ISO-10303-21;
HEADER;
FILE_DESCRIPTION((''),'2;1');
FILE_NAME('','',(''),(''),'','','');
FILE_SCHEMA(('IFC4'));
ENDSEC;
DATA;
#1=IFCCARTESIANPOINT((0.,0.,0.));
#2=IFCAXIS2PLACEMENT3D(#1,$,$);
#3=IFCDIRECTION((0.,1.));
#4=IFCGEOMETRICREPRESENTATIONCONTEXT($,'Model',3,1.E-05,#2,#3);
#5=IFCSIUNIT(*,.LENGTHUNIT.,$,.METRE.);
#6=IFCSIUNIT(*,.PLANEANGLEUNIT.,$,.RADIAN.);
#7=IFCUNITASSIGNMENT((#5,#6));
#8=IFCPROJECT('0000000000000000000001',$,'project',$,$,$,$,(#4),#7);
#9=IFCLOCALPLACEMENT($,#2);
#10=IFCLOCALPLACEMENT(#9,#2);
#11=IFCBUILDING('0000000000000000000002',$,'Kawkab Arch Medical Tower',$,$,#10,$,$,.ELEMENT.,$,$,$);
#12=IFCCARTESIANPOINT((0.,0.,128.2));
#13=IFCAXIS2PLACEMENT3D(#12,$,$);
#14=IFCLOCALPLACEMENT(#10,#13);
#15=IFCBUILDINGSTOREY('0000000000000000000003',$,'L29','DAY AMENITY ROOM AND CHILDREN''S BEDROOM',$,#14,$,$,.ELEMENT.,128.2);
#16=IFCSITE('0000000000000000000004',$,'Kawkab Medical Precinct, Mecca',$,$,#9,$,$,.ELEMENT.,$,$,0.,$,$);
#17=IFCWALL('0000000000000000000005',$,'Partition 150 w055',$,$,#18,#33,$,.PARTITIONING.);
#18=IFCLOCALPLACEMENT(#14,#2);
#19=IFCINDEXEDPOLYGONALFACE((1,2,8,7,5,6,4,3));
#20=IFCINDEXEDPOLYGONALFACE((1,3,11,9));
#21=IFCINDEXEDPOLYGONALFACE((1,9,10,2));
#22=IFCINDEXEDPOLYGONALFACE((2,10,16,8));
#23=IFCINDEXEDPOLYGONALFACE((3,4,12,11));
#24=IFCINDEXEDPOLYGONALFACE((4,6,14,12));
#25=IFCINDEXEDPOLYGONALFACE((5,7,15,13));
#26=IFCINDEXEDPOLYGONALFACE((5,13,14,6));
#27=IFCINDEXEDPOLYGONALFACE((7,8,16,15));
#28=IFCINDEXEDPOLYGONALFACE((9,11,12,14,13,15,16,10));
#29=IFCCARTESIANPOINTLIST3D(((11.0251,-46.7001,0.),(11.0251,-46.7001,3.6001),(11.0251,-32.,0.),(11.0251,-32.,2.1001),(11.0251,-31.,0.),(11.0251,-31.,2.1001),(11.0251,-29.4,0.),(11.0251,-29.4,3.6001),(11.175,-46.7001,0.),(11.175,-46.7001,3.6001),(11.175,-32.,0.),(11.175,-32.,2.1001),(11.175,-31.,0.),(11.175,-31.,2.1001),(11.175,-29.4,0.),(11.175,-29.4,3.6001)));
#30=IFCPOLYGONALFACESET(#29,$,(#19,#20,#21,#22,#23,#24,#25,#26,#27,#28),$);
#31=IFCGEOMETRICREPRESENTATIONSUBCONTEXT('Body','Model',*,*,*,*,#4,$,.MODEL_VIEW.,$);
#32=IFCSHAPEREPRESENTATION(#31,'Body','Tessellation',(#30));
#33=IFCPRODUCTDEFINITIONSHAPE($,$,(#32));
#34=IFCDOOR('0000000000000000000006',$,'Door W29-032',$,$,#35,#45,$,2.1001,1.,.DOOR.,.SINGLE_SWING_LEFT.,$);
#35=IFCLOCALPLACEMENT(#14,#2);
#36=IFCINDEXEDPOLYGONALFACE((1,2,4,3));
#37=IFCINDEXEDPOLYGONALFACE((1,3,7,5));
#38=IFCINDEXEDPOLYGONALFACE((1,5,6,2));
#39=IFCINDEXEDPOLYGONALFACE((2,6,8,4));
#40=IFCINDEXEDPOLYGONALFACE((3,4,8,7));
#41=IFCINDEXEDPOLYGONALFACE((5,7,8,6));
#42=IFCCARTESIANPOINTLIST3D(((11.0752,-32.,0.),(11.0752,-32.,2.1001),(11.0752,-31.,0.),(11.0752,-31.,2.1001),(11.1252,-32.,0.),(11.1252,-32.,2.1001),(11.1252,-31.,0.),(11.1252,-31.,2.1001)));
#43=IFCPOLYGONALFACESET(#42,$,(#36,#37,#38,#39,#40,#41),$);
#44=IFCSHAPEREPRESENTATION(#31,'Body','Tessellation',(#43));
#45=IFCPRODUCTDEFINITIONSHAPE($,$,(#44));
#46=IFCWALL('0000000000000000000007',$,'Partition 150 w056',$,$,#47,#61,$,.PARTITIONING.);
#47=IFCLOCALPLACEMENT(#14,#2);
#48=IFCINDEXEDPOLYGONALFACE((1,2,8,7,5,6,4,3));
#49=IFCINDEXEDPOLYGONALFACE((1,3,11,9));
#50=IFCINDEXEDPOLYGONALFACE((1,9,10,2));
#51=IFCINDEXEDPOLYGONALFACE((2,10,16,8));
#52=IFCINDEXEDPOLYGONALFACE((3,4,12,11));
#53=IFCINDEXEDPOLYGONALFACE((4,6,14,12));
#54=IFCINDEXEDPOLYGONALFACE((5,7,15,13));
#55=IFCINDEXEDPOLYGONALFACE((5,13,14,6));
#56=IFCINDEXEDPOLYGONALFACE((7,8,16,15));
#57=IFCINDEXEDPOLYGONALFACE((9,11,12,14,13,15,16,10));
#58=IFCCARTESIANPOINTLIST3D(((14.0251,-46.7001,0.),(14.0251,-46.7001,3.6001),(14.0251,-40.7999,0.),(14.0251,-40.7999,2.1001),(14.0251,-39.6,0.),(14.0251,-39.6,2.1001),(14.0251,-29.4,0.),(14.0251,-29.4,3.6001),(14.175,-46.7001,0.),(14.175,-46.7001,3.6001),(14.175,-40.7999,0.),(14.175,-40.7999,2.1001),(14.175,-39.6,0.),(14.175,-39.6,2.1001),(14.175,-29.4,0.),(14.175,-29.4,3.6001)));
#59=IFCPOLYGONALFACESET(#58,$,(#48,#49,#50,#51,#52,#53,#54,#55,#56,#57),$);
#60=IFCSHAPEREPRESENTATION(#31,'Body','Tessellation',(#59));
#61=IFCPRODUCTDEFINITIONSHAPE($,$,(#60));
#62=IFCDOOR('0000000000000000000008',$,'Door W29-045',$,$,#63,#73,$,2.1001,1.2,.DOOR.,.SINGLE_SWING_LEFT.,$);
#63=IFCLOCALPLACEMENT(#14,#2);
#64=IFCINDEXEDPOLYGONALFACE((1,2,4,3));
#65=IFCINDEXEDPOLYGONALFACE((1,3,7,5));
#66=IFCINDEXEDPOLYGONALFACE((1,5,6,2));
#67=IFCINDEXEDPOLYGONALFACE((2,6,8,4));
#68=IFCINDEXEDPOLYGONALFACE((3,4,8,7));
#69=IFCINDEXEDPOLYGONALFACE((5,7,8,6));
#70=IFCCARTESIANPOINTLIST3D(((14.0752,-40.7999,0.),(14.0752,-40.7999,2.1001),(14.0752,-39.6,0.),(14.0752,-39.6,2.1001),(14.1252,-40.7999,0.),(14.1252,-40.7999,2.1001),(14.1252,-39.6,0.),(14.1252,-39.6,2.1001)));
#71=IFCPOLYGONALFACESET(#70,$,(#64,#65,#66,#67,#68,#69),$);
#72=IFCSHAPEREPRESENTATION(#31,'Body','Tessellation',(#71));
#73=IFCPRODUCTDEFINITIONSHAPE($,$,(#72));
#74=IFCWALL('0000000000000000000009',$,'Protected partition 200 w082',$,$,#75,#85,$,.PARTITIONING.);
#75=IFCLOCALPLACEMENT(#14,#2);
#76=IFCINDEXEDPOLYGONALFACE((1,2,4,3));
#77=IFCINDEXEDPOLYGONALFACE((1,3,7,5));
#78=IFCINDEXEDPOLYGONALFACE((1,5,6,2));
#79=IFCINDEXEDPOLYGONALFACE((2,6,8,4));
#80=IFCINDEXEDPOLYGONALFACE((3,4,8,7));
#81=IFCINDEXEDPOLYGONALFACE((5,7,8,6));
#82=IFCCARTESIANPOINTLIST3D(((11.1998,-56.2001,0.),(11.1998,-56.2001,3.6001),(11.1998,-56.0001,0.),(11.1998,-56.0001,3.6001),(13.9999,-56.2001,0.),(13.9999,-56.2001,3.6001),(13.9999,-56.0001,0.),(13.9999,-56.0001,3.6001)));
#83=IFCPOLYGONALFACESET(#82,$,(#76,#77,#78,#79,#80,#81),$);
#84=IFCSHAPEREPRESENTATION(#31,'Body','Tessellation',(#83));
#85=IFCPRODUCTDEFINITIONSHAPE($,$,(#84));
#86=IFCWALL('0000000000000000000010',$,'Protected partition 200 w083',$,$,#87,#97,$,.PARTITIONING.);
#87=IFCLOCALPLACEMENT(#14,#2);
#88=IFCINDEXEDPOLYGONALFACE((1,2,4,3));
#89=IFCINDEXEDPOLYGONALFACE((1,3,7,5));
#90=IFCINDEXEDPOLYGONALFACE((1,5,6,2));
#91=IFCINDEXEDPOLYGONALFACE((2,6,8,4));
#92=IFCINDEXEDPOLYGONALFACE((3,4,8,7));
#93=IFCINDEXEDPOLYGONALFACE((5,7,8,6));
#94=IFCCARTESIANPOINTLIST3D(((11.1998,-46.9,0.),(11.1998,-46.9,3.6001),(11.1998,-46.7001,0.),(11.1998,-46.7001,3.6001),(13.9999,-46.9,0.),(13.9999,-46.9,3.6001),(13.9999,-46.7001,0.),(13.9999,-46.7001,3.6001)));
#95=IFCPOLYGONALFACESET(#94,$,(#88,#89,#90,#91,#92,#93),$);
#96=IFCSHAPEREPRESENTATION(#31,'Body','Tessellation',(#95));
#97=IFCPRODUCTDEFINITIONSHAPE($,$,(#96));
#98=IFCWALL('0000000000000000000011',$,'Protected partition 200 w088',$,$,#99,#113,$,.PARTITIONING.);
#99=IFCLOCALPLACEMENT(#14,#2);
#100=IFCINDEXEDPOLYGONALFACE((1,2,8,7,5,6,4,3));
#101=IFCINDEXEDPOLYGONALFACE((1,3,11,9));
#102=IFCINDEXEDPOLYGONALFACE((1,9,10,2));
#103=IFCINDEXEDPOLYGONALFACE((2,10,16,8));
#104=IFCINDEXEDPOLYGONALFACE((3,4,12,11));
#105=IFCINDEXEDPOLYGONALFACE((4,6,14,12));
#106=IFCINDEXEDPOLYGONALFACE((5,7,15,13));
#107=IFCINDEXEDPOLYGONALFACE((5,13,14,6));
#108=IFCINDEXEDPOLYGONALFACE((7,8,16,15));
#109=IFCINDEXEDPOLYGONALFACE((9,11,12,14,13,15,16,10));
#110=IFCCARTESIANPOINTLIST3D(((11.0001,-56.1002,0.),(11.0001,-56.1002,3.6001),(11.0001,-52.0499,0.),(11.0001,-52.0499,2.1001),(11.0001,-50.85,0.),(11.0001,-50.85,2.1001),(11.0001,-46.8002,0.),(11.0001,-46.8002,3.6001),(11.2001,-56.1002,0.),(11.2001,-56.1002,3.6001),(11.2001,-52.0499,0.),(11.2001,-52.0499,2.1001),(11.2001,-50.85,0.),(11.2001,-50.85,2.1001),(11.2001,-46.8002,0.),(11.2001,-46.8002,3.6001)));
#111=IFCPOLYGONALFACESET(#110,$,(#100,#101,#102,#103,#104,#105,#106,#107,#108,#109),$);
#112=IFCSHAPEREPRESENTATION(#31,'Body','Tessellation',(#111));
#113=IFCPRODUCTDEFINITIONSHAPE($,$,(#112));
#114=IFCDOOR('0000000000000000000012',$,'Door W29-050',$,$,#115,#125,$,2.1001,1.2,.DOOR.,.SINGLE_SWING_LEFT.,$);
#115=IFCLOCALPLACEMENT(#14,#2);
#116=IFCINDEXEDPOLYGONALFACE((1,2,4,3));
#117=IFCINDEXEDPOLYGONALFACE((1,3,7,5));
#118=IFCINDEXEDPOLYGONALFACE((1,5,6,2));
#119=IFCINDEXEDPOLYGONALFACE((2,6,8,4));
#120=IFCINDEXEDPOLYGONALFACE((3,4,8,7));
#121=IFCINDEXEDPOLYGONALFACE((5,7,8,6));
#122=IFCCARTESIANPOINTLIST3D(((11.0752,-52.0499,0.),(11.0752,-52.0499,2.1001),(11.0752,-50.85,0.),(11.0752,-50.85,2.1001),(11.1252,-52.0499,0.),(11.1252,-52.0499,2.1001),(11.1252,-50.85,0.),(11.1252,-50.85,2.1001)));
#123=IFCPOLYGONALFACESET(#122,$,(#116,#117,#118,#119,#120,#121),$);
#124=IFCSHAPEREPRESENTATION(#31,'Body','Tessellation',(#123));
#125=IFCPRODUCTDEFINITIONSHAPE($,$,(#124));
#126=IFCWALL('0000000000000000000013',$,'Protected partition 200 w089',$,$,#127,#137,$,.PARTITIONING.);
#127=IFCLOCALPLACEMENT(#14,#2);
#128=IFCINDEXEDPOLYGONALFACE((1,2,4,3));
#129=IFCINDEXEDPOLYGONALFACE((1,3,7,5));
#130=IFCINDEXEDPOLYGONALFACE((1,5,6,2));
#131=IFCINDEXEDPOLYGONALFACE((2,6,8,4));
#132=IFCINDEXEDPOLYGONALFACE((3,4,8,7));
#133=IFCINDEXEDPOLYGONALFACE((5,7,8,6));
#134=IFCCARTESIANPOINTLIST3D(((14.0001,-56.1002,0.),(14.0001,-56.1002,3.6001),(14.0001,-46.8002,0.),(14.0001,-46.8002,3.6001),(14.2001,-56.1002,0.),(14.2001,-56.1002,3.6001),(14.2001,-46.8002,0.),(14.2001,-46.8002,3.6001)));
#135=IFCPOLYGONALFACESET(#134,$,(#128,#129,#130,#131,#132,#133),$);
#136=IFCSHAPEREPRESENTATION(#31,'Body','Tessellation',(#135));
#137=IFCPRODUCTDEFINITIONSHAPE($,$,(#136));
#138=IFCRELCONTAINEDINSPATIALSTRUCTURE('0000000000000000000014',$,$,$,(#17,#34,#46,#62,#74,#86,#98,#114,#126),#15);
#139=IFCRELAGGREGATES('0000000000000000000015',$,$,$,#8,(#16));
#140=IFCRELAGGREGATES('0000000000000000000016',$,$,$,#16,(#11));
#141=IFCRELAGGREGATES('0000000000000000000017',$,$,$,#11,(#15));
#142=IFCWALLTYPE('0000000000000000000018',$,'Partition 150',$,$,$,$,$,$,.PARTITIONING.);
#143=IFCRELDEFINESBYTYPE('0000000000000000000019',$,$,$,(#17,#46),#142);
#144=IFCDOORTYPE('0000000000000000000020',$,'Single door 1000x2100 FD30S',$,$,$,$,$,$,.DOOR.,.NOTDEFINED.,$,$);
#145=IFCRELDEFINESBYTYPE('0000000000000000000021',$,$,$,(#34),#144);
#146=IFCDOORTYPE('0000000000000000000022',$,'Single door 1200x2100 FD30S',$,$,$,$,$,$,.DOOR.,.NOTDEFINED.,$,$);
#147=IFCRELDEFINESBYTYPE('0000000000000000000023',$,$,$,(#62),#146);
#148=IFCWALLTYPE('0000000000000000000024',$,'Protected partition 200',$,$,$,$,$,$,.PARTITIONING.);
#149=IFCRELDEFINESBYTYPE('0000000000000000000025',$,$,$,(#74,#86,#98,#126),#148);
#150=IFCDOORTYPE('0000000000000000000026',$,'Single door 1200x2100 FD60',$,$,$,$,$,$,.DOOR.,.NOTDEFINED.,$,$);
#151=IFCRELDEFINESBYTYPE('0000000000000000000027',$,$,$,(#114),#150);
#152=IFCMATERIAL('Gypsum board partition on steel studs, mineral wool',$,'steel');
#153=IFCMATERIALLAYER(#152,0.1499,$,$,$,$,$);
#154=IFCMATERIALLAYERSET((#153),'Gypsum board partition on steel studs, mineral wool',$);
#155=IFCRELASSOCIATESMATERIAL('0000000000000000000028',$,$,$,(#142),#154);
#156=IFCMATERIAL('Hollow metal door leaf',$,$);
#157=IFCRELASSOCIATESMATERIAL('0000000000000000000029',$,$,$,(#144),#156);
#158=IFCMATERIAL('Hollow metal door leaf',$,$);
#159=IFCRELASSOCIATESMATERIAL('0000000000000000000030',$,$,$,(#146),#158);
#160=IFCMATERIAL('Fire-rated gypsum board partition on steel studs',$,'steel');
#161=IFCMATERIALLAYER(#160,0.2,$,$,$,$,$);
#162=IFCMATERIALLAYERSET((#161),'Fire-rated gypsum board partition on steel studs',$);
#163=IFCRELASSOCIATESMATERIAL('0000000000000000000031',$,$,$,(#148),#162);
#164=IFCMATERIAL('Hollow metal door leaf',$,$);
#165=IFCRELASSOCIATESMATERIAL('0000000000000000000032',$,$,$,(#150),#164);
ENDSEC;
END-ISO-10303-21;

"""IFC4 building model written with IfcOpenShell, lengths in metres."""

from ifc_helpers import new_model, si_unit, direction, frame, frame_2d, origin, place, context, subcontext, project, spatial, rectangle, extrude, material, layer, layer_set, type_object, element, fill, save


model = new_model("IFC4")

# Units and contexts
model_context = context("Model", 3, precision=1e-05, world=origin(), true_north=direction((0.0, 1.0)))
body_context = subcontext(model_context, "Body", "Model", "MODEL_VIEW")
ifc_project = project(units=[si_unit("LENGTHUNIT", "METRE"), si_unit("PLANEANGLEUNIT", "RADIAN")], contexts=[model_context])

# Site, building, storey
site_placement = place(None, origin())
site = spatial("IfcSite", under=ifc_project, at=site_placement, Name="Kawkab Medical Precinct, Mecca", CompositionType="ELEMENT", RefElevation=0.0)
building_placement = place(site_placement, origin())
building = spatial("IfcBuilding", under=site, at=building_placement, Name="Kawkab Arch Medical Tower", CompositionType="ELEMENT")
storey_placement = place(building_placement, frame((0.0, 0.0, 128.2)))
storey = spatial("IfcBuildingStorey", under=building, at=storey_placement, Name="L29", Description="DAY AMENITY ROOM AND CHILDREN'S BEDROOM", CompositionType="ELEMENT", Elevation=128.2)

# Shared definitions
ifc_material_1 = material(Name="Gypsum board partition on steel studs, mineral wool", Category="steel")
ifc_layer_1 = layer(ifc_material_1, 0.1499)
ifc_layer_set_1 = layer_set([ifc_layer_1], Name="Gypsum board partition on steel studs, mineral wool")
wall_type_1 = type_object("IfcWallType", Name="Partition 150", PredefinedType="PARTITIONING", material=ifc_layer_set_1)

# Walls, openings, doors
wall_1_placement = place(storey_placement, frame((11.1001, -46.7, 0.0), z_axis=(0.0, 0.0, 1.0), x_axis=(0.0, 1.0, 0.0)))
wall_1 = element("IfcWall", 1, at=wall_1_placement, inside=storey, type_object=wall_type_1, Name="Partition 150 w055", PredefinedType="PARTITIONING", context=body_context, shape_type="SweptSolid", body=[
    extrude(rectangle(XDim=17.3, YDim=0.1499, at=frame_2d((8.6499, 0.0))), origin(), (0.0, 0.0, 1.0), 3.6001),
])
opening_1_placement = place(wall_1_placement, frame((14.7, 0.0, 0.0)))
opening_1 = element("IfcOpeningElement", 2, at=opening_1_placement, cuts=wall_1, PredefinedType="OPENING", context=body_context, shape_type="SweptSolid", body=[
    extrude(rectangle(XDim=1.0, YDim=2.1001, at=frame_2d((0.5, 1.05))), frame((0.0, 0.085, 0.0), z_axis=(0.0, -1.0, 0.0), x_axis=(1.0, 0.0, 0.0)), (0.0, 0.0, 1.0), 0.1699),
])
ifc_material_2 = material(Name="Hollow metal door leaf")
door_type_1 = type_object("IfcDoorType", Name="Single door 1000x2100 FD30S", OperationType="NOTDEFINED", PredefinedType="DOOR", material=ifc_material_2)
door_1_placement = place(opening_1_placement, origin())
door_1 = element("IfcDoor", 3, at=door_1_placement, inside=storey, type_object=door_type_1, Name="Door W29-032", OperationType="SINGLE_SWING_LEFT", OverallHeight=2.1001, OverallWidth=1.0, PredefinedType="DOOR", context=body_context, shape_type="SweptSolid", body=[
    extrude(rectangle(XDim=1.0, YDim=2.1001, at=frame_2d((0.5, 1.05))), frame((0.0, 0.0249, 0.0), z_axis=(0.0, -1.0, 0.0), x_axis=(1.0, 0.0, 0.0)), (0.0, 0.0, 1.0), 0.05),
])
fill(opening_1, door_1)
wall_2_placement = place(storey_placement, frame((14.1001, -46.7, 0.0), z_axis=(0.0, 0.0, 1.0), x_axis=(0.0, 1.0, 0.0)))
wall_2 = element("IfcWall", 4, at=wall_2_placement, inside=storey, type_object=wall_type_1, Name="Partition 150 w056", PredefinedType="PARTITIONING", context=body_context, shape_type="SweptSolid", body=[
    extrude(rectangle(XDim=17.3, YDim=0.1499, at=frame_2d((8.6499, 0.0))), origin(), (0.0, 0.0, 1.0), 3.6001),
])
opening_2_placement = place(wall_2_placement, frame((5.8999, 0.0, 0.0)))
opening_2 = element("IfcOpeningElement", 5, at=opening_2_placement, cuts=wall_2, PredefinedType="OPENING", context=body_context, shape_type="SweptSolid", body=[
    extrude(rectangle(XDim=1.2, YDim=2.1001, at=frame_2d((0.6001, 1.05))), frame((0.0, 0.085, 0.0), z_axis=(0.0, -1.0, 0.0), x_axis=(1.0, 0.0, 0.0)), (0.0, 0.0, 1.0), 0.1699),
])
ifc_material_3 = material(Name="Hollow metal door leaf")
door_type_2 = type_object("IfcDoorType", Name="Single door 1200x2100 FD30S", OperationType="NOTDEFINED", PredefinedType="DOOR", material=ifc_material_3)
door_2_placement = place(opening_2_placement, origin())
door_2 = element("IfcDoor", 6, at=door_2_placement, inside=storey, type_object=door_type_2, Name="Door W29-045", OperationType="SINGLE_SWING_LEFT", OverallHeight=2.1001, OverallWidth=1.2, PredefinedType="DOOR", context=body_context, shape_type="SweptSolid", body=[
    extrude(rectangle(XDim=1.2, YDim=2.1001, at=frame_2d((0.6001, 1.05))), frame((0.0, 0.0249, 0.0), z_axis=(0.0, -1.0, 0.0), x_axis=(1.0, 0.0, 0.0)), (0.0, 0.0, 1.0), 0.05),
])
fill(opening_2, door_2)

# Walls
ifc_material_4 = material(Name="Fire-rated gypsum board partition on steel studs", Category="steel")
ifc_layer_2 = layer(ifc_material_4, 0.2)
ifc_layer_set_2 = layer_set([ifc_layer_2], Name="Fire-rated gypsum board partition on steel studs")
wall_type_2 = type_object("IfcWallType", Name="Protected partition 200", PredefinedType="PARTITIONING", material=ifc_layer_set_2)
for number, where, z_axis, x_axis, name in (
    (7, (11.2, -56.1001, 0.0), (0.0, 0.0, 1.0), (1.0, 0.0, 0.0), "Protected partition 200 w082"),
    (8, (11.2, -46.8, 0.0), (0.0, 0.0, 1.0), (1.0, 0.0, 0.0), "Protected partition 200 w083"),
):
    element("IfcWall", number, at=place(storey_placement, frame(where, z_axis=z_axis, x_axis=x_axis)), inside=storey, type_object=wall_type_2, Name=name, PredefinedType="PARTITIONING", context=body_context, shape_type="SweptSolid", body=[
        extrude(rectangle(XDim=2.8, YDim=0.2, at=frame_2d((1.3999, 0.0))), origin(), (0.0, 0.0, 1.0), 3.6001),
    ])

# Wall, opening, door
wall_3_placement = place(storey_placement, frame((11.1001, -56.1001, 0.0), z_axis=(0.0, 0.0, 1.0), x_axis=(0.0, 1.0, 0.0)))
wall_3 = element("IfcWall", 9, at=wall_3_placement, inside=storey, type_object=wall_type_2, Name="Protected partition 200 w088", PredefinedType="PARTITIONING", context=body_context, shape_type="SweptSolid", body=[
    extrude(rectangle(XDim=9.3, YDim=0.2, at=frame_2d((4.6499, 0.0))), origin(), (0.0, 0.0, 1.0), 3.6001),
])
opening_3_placement = place(wall_3_placement, frame((4.05, 0.0, 0.0)))
opening_3 = element("IfcOpeningElement", 10, at=opening_3_placement, cuts=wall_3, PredefinedType="OPENING", context=body_context, shape_type="SweptSolid", body=[
    extrude(rectangle(XDim=1.2, YDim=2.1001, at=frame_2d((0.6001, 1.05))), frame((0.0, 0.1099, 0.0), z_axis=(0.0, -1.0, 0.0), x_axis=(1.0, 0.0, 0.0)), (0.0, 0.0, 1.0), 0.22),
])
ifc_material_5 = material(Name="Hollow metal door leaf")
door_type_3 = type_object("IfcDoorType", Name="Single door 1200x2100 FD60", OperationType="NOTDEFINED", PredefinedType="DOOR", material=ifc_material_5)
door_3_placement = place(opening_3_placement, origin())
door_3 = element("IfcDoor", 11, at=door_3_placement, inside=storey, type_object=door_type_3, Name="Door W29-050", OperationType="SINGLE_SWING_LEFT", OverallHeight=2.1001, OverallWidth=1.2, PredefinedType="DOOR", context=body_context, shape_type="SweptSolid", body=[
    extrude(rectangle(XDim=1.2, YDim=2.1001, at=frame_2d((0.6001, 1.05))), frame((0.0, 0.0249, 0.0), z_axis=(0.0, -1.0, 0.0), x_axis=(1.0, 0.0, 0.0)), (0.0, 0.0, 1.0), 0.05),
])
fill(opening_3, door_3)

# Wall
wall_4_placement = place(storey_placement, frame((14.1001, -56.1001, 0.0), z_axis=(0.0, 0.0, 1.0), x_axis=(0.0, 1.0, 0.0)))
element("IfcWall", 12, at=wall_4_placement, inside=storey, type_object=wall_type_2, Name="Protected partition 200 w089", PredefinedType="PARTITIONING", context=body_context, shape_type="SweptSolid", body=[
    extrude(rectangle(XDim=9.3, YDim=0.2, at=frame_2d((4.6499, 0.0))), origin(), (0.0, 0.0, 1.0), 3.6001),
])

save(model, "model.ifc")
